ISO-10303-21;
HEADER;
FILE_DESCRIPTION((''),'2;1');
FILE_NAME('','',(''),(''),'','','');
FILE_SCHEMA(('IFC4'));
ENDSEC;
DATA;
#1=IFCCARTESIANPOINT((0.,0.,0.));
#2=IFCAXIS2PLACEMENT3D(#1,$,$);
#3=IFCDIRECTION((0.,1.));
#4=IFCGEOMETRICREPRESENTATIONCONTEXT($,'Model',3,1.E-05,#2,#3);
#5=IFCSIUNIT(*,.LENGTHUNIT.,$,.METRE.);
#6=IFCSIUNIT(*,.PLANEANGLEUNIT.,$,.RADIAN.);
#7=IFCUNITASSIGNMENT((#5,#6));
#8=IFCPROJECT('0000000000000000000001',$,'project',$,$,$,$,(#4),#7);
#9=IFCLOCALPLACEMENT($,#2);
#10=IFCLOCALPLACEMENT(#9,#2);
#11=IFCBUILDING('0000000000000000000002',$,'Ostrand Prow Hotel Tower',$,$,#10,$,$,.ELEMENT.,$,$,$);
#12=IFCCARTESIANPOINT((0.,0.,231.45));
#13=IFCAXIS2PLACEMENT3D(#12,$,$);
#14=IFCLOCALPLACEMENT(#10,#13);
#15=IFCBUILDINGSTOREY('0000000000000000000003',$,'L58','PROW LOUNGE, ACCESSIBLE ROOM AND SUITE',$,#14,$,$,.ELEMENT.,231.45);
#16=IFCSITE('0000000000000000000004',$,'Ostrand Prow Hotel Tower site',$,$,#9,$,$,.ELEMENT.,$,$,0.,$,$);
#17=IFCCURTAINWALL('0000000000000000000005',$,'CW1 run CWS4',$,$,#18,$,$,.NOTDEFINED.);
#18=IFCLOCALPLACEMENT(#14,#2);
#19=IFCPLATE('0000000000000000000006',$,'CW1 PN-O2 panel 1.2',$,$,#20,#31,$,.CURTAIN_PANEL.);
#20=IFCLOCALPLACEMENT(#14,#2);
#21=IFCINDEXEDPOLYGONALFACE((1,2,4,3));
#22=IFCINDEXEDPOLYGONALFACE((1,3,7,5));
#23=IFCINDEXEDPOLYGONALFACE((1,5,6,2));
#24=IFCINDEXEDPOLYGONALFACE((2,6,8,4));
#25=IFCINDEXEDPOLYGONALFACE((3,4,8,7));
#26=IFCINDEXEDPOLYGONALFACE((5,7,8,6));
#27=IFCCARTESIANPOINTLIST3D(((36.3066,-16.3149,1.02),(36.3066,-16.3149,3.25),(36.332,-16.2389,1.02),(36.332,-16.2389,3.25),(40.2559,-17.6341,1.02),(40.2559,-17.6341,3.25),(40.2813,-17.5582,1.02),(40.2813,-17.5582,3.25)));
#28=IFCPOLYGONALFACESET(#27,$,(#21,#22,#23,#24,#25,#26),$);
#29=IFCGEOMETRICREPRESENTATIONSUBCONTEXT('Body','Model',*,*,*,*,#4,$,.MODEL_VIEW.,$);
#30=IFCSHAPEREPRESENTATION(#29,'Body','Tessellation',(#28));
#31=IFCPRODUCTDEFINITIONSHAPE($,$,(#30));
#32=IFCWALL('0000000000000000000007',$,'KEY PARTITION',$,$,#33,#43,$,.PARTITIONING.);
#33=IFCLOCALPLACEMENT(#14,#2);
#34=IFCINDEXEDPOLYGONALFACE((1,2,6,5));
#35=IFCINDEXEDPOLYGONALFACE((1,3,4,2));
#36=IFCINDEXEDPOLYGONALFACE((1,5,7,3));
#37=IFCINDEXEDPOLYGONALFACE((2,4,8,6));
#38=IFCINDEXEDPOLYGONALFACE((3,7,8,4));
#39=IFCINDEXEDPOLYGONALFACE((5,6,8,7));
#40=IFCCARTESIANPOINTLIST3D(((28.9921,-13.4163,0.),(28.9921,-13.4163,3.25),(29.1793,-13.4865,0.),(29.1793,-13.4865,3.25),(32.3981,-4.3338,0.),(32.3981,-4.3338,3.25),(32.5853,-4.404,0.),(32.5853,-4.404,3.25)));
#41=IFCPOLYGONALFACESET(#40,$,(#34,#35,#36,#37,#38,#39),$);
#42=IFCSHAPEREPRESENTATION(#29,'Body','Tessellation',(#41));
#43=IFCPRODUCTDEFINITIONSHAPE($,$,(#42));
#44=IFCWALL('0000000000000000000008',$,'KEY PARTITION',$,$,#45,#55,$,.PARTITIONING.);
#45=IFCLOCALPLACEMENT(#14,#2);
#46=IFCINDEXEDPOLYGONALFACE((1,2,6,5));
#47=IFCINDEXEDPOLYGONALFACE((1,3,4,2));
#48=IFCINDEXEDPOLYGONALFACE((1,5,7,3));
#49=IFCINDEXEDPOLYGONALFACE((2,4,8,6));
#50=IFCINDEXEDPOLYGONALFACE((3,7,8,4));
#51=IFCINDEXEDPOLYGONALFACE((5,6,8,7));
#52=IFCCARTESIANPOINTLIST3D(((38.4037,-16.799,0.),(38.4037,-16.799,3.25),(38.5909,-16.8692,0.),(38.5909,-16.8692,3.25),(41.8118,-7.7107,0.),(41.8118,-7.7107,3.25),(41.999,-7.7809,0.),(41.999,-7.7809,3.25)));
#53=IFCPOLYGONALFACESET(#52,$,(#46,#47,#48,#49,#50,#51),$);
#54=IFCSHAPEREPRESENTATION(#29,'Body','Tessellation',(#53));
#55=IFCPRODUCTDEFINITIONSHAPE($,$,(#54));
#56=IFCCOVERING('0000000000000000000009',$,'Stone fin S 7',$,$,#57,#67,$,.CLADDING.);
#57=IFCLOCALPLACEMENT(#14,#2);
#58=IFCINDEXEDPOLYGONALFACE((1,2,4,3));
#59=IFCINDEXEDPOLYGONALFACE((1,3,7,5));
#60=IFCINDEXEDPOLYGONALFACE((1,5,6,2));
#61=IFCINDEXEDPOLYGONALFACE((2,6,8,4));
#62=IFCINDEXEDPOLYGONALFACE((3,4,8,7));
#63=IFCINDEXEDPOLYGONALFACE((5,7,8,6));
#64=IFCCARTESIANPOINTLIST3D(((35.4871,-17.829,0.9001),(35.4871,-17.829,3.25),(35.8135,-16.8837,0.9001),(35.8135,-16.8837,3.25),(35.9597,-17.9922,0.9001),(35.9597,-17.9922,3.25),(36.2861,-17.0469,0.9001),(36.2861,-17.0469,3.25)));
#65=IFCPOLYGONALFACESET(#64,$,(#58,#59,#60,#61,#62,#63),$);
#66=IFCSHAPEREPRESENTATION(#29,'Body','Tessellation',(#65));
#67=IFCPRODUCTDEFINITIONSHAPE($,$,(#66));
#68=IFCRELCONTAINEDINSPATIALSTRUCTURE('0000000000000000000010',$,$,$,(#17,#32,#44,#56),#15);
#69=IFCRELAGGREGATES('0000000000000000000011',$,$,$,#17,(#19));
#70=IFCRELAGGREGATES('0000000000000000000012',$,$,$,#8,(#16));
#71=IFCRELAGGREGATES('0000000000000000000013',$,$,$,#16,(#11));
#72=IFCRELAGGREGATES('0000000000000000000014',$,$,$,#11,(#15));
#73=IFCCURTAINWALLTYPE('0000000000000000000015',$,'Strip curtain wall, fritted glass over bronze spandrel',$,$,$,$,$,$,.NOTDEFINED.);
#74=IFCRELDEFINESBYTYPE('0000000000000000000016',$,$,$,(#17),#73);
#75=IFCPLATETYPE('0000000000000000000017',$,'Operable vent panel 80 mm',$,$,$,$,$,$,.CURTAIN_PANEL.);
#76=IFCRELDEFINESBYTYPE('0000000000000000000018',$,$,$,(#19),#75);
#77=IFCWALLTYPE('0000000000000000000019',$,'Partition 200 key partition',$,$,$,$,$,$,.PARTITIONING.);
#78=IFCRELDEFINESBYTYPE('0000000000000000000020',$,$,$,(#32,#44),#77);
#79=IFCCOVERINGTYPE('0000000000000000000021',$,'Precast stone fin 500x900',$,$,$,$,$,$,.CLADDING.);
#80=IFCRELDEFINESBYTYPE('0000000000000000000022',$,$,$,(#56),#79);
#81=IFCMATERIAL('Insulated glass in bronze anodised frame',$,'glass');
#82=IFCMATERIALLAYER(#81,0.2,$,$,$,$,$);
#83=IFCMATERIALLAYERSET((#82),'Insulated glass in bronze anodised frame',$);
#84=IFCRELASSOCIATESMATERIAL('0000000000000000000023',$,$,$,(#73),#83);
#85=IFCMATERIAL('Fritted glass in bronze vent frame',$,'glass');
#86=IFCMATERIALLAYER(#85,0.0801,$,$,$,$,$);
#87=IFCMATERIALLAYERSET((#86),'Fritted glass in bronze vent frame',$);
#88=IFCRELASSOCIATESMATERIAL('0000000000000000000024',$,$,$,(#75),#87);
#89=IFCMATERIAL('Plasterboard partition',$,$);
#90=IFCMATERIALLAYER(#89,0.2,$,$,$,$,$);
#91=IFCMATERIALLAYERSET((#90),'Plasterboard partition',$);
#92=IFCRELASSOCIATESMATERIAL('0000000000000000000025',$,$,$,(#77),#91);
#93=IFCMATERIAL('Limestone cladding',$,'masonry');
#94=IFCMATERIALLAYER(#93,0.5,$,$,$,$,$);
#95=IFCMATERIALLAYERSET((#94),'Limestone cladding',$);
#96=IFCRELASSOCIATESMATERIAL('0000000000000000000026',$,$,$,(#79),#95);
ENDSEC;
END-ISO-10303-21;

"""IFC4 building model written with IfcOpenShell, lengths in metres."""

from ifc_helpers import new_model, si_unit, direction, frame, frame_2d, origin, origin_2d, place, context, subcontext, project, spatial, rectangle, extrude, material, layer, layer_set, type_object, element, aggregate, save


model = new_model("IFC4")

# Units and contexts
model_context = context("Model", 3, precision=1e-05, world=origin(), true_north=direction((0.0, 1.0)))
body_context = subcontext(model_context, "Body", "Model", "MODEL_VIEW")
ifc_project = project(units=[si_unit("LENGTHUNIT", "METRE"), si_unit("PLANEANGLEUNIT", "RADIAN")], contexts=[model_context])

# Site, building, storey
site_placement = place(None, origin())
site = spatial("IfcSite", under=ifc_project, at=site_placement, Name="Ostrand Prow Hotel Tower site", CompositionType="ELEMENT", RefElevation=0.0)
building_placement = place(site_placement, origin())
building = spatial("IfcBuilding", under=site, at=building_placement, Name="Ostrand Prow Hotel Tower", CompositionType="ELEMENT")
storey_placement = place(building_placement, frame((0.0, 0.0, 231.45)))
storey = spatial("IfcBuildingStorey", under=building, at=storey_placement, Name="L58", Description="PROW LOUNGE, ACCESSIBLE ROOM AND SUITE", CompositionType="ELEMENT", Elevation=231.45)

# Shared definitions
ifc_material_1 = material(Name="Insulated glass in bronze anodised frame", Category="glass")
ifc_layer_1 = layer(ifc_material_1, 0.2)
ifc_layer_set_1 = layer_set([ifc_layer_1], Name="Insulated glass in bronze anodised frame")
curtain_wall_type = type_object("IfcCurtainWallType", Name="Strip curtain wall, fritted glass over bronze spandrel", PredefinedType="NOTDEFINED", material=ifc_layer_set_1)

# Curtain wall
curtain_wall_1_placement = place(storey_placement, origin())
curtain_wall_1 = element("IfcCurtainWall", 1, at=curtain_wall_1_placement, inside=storey, type_object=curtain_wall_type, Name="CW1 run CWS4", PredefinedType="NOTDEFINED")

# Plate
ifc_material_2 = material(Name="Fritted glass in bronze vent frame", Category="glass")
ifc_layer_2 = layer(ifc_material_2, 0.0801)
ifc_layer_set_2 = layer_set([ifc_layer_2], Name="Fritted glass in bronze vent frame")
plate_type_1 = type_object("IfcPlateType", Name="Operable vent panel 80 mm", PredefinedType="CURTAIN_PANEL", material=ifc_layer_set_2)
plate_1_placement = place(storey_placement, frame((38.2939, -16.9365, 1.02), z_axis=(0.0, 0.0, 1.0), x_axis=(0.948479, -0.316841, 0.0)))
plate_1 = element("IfcPlate", 2, at=plate_1_placement, type_object=plate_type_1, Name="CW1 PN-O2 panel 1.2", PredefinedType="CURTAIN_PANEL", context=body_context, shape_type="SweptSolid", body=[
    extrude(rectangle(XDim=4.1638, YDim=0.0801, at=origin_2d()), origin(), (0.0, 0.0, 1.0), 2.23),
])
aggregate(curtain_wall_1, [plate_1])

# Walls
ifc_material_3 = material(Name="Plasterboard partition")
ifc_layer_3 = layer(ifc_material_3, 0.2)
ifc_layer_set_3 = layer_set([ifc_layer_3], Name="Plasterboard partition")
wall_type = type_object("IfcWallType", Name="Partition 200 key partition", PredefinedType="PARTITIONING", material=ifc_layer_set_3)
wall_1_placement = place(storey_placement, frame((29.0857, -13.4514, 0.0), z_axis=(0.0, 0.0, 1.0), x_axis=(0.351129, 0.936327, 0.0)))
element("IfcWall", 3, at=wall_1_placement, inside=storey, type_object=wall_type, Name="KEY PARTITION", PredefinedType="PARTITIONING", context=body_context, shape_type="SweptSolid", body=[
    extrude(rectangle(XDim=9.7002, YDim=0.2, at=frame_2d((4.8501, 0.0))), origin(), (0.0, 0.0, 1.0), 3.25),
])
wall_2_placement = place(storey_placement, frame((38.4973, -16.834, 0.0), z_axis=(0.0, 0.0, 1.0), x_axis=(0.351129, 0.936327, 0.0)))
element("IfcWall", 4, at=wall_2_placement, inside=storey, type_object=wall_type, Name="KEY PARTITION", PredefinedType="PARTITIONING", context=body_context, shape_type="SweptSolid", body=[
    extrude(rectangle(XDim=9.7063, YDim=0.2, at=frame_2d((4.853, 0.0))), origin(), (0.0, 0.0, 1.0), 3.25),
])

# Covering
ifc_material_4 = material(Name="Limestone cladding", Category="masonry")
ifc_layer_4 = layer(ifc_material_4, 0.5)
ifc_layer_set_4 = layer_set([ifc_layer_4], Name="Limestone cladding")
covering_type = type_object("IfcCoveringType", Name="Precast stone fin 500x900", PredefinedType="CLADDING", material=ifc_layer_set_4)
covering_placement = place(storey_placement, frame((36.0498, -16.9653, 0.9001), z_axis=(0.0, 0.0, 1.0), x_axis=(-0.326389, -0.945235, 0.0)))
element("IfcCovering", 5, at=covering_placement, inside=storey, type_object=covering_type, Name="Stone fin S 7", PredefinedType="CLADDING", context=body_context, shape_type="SweptSolid", body=[
    extrude(rectangle(XDim=1.0, YDim=0.5, at=frame_2d((0.5, 0.0))), origin(), (0.0, 0.0, 1.0), 2.3499),
])

save(model, "model.ifc")
